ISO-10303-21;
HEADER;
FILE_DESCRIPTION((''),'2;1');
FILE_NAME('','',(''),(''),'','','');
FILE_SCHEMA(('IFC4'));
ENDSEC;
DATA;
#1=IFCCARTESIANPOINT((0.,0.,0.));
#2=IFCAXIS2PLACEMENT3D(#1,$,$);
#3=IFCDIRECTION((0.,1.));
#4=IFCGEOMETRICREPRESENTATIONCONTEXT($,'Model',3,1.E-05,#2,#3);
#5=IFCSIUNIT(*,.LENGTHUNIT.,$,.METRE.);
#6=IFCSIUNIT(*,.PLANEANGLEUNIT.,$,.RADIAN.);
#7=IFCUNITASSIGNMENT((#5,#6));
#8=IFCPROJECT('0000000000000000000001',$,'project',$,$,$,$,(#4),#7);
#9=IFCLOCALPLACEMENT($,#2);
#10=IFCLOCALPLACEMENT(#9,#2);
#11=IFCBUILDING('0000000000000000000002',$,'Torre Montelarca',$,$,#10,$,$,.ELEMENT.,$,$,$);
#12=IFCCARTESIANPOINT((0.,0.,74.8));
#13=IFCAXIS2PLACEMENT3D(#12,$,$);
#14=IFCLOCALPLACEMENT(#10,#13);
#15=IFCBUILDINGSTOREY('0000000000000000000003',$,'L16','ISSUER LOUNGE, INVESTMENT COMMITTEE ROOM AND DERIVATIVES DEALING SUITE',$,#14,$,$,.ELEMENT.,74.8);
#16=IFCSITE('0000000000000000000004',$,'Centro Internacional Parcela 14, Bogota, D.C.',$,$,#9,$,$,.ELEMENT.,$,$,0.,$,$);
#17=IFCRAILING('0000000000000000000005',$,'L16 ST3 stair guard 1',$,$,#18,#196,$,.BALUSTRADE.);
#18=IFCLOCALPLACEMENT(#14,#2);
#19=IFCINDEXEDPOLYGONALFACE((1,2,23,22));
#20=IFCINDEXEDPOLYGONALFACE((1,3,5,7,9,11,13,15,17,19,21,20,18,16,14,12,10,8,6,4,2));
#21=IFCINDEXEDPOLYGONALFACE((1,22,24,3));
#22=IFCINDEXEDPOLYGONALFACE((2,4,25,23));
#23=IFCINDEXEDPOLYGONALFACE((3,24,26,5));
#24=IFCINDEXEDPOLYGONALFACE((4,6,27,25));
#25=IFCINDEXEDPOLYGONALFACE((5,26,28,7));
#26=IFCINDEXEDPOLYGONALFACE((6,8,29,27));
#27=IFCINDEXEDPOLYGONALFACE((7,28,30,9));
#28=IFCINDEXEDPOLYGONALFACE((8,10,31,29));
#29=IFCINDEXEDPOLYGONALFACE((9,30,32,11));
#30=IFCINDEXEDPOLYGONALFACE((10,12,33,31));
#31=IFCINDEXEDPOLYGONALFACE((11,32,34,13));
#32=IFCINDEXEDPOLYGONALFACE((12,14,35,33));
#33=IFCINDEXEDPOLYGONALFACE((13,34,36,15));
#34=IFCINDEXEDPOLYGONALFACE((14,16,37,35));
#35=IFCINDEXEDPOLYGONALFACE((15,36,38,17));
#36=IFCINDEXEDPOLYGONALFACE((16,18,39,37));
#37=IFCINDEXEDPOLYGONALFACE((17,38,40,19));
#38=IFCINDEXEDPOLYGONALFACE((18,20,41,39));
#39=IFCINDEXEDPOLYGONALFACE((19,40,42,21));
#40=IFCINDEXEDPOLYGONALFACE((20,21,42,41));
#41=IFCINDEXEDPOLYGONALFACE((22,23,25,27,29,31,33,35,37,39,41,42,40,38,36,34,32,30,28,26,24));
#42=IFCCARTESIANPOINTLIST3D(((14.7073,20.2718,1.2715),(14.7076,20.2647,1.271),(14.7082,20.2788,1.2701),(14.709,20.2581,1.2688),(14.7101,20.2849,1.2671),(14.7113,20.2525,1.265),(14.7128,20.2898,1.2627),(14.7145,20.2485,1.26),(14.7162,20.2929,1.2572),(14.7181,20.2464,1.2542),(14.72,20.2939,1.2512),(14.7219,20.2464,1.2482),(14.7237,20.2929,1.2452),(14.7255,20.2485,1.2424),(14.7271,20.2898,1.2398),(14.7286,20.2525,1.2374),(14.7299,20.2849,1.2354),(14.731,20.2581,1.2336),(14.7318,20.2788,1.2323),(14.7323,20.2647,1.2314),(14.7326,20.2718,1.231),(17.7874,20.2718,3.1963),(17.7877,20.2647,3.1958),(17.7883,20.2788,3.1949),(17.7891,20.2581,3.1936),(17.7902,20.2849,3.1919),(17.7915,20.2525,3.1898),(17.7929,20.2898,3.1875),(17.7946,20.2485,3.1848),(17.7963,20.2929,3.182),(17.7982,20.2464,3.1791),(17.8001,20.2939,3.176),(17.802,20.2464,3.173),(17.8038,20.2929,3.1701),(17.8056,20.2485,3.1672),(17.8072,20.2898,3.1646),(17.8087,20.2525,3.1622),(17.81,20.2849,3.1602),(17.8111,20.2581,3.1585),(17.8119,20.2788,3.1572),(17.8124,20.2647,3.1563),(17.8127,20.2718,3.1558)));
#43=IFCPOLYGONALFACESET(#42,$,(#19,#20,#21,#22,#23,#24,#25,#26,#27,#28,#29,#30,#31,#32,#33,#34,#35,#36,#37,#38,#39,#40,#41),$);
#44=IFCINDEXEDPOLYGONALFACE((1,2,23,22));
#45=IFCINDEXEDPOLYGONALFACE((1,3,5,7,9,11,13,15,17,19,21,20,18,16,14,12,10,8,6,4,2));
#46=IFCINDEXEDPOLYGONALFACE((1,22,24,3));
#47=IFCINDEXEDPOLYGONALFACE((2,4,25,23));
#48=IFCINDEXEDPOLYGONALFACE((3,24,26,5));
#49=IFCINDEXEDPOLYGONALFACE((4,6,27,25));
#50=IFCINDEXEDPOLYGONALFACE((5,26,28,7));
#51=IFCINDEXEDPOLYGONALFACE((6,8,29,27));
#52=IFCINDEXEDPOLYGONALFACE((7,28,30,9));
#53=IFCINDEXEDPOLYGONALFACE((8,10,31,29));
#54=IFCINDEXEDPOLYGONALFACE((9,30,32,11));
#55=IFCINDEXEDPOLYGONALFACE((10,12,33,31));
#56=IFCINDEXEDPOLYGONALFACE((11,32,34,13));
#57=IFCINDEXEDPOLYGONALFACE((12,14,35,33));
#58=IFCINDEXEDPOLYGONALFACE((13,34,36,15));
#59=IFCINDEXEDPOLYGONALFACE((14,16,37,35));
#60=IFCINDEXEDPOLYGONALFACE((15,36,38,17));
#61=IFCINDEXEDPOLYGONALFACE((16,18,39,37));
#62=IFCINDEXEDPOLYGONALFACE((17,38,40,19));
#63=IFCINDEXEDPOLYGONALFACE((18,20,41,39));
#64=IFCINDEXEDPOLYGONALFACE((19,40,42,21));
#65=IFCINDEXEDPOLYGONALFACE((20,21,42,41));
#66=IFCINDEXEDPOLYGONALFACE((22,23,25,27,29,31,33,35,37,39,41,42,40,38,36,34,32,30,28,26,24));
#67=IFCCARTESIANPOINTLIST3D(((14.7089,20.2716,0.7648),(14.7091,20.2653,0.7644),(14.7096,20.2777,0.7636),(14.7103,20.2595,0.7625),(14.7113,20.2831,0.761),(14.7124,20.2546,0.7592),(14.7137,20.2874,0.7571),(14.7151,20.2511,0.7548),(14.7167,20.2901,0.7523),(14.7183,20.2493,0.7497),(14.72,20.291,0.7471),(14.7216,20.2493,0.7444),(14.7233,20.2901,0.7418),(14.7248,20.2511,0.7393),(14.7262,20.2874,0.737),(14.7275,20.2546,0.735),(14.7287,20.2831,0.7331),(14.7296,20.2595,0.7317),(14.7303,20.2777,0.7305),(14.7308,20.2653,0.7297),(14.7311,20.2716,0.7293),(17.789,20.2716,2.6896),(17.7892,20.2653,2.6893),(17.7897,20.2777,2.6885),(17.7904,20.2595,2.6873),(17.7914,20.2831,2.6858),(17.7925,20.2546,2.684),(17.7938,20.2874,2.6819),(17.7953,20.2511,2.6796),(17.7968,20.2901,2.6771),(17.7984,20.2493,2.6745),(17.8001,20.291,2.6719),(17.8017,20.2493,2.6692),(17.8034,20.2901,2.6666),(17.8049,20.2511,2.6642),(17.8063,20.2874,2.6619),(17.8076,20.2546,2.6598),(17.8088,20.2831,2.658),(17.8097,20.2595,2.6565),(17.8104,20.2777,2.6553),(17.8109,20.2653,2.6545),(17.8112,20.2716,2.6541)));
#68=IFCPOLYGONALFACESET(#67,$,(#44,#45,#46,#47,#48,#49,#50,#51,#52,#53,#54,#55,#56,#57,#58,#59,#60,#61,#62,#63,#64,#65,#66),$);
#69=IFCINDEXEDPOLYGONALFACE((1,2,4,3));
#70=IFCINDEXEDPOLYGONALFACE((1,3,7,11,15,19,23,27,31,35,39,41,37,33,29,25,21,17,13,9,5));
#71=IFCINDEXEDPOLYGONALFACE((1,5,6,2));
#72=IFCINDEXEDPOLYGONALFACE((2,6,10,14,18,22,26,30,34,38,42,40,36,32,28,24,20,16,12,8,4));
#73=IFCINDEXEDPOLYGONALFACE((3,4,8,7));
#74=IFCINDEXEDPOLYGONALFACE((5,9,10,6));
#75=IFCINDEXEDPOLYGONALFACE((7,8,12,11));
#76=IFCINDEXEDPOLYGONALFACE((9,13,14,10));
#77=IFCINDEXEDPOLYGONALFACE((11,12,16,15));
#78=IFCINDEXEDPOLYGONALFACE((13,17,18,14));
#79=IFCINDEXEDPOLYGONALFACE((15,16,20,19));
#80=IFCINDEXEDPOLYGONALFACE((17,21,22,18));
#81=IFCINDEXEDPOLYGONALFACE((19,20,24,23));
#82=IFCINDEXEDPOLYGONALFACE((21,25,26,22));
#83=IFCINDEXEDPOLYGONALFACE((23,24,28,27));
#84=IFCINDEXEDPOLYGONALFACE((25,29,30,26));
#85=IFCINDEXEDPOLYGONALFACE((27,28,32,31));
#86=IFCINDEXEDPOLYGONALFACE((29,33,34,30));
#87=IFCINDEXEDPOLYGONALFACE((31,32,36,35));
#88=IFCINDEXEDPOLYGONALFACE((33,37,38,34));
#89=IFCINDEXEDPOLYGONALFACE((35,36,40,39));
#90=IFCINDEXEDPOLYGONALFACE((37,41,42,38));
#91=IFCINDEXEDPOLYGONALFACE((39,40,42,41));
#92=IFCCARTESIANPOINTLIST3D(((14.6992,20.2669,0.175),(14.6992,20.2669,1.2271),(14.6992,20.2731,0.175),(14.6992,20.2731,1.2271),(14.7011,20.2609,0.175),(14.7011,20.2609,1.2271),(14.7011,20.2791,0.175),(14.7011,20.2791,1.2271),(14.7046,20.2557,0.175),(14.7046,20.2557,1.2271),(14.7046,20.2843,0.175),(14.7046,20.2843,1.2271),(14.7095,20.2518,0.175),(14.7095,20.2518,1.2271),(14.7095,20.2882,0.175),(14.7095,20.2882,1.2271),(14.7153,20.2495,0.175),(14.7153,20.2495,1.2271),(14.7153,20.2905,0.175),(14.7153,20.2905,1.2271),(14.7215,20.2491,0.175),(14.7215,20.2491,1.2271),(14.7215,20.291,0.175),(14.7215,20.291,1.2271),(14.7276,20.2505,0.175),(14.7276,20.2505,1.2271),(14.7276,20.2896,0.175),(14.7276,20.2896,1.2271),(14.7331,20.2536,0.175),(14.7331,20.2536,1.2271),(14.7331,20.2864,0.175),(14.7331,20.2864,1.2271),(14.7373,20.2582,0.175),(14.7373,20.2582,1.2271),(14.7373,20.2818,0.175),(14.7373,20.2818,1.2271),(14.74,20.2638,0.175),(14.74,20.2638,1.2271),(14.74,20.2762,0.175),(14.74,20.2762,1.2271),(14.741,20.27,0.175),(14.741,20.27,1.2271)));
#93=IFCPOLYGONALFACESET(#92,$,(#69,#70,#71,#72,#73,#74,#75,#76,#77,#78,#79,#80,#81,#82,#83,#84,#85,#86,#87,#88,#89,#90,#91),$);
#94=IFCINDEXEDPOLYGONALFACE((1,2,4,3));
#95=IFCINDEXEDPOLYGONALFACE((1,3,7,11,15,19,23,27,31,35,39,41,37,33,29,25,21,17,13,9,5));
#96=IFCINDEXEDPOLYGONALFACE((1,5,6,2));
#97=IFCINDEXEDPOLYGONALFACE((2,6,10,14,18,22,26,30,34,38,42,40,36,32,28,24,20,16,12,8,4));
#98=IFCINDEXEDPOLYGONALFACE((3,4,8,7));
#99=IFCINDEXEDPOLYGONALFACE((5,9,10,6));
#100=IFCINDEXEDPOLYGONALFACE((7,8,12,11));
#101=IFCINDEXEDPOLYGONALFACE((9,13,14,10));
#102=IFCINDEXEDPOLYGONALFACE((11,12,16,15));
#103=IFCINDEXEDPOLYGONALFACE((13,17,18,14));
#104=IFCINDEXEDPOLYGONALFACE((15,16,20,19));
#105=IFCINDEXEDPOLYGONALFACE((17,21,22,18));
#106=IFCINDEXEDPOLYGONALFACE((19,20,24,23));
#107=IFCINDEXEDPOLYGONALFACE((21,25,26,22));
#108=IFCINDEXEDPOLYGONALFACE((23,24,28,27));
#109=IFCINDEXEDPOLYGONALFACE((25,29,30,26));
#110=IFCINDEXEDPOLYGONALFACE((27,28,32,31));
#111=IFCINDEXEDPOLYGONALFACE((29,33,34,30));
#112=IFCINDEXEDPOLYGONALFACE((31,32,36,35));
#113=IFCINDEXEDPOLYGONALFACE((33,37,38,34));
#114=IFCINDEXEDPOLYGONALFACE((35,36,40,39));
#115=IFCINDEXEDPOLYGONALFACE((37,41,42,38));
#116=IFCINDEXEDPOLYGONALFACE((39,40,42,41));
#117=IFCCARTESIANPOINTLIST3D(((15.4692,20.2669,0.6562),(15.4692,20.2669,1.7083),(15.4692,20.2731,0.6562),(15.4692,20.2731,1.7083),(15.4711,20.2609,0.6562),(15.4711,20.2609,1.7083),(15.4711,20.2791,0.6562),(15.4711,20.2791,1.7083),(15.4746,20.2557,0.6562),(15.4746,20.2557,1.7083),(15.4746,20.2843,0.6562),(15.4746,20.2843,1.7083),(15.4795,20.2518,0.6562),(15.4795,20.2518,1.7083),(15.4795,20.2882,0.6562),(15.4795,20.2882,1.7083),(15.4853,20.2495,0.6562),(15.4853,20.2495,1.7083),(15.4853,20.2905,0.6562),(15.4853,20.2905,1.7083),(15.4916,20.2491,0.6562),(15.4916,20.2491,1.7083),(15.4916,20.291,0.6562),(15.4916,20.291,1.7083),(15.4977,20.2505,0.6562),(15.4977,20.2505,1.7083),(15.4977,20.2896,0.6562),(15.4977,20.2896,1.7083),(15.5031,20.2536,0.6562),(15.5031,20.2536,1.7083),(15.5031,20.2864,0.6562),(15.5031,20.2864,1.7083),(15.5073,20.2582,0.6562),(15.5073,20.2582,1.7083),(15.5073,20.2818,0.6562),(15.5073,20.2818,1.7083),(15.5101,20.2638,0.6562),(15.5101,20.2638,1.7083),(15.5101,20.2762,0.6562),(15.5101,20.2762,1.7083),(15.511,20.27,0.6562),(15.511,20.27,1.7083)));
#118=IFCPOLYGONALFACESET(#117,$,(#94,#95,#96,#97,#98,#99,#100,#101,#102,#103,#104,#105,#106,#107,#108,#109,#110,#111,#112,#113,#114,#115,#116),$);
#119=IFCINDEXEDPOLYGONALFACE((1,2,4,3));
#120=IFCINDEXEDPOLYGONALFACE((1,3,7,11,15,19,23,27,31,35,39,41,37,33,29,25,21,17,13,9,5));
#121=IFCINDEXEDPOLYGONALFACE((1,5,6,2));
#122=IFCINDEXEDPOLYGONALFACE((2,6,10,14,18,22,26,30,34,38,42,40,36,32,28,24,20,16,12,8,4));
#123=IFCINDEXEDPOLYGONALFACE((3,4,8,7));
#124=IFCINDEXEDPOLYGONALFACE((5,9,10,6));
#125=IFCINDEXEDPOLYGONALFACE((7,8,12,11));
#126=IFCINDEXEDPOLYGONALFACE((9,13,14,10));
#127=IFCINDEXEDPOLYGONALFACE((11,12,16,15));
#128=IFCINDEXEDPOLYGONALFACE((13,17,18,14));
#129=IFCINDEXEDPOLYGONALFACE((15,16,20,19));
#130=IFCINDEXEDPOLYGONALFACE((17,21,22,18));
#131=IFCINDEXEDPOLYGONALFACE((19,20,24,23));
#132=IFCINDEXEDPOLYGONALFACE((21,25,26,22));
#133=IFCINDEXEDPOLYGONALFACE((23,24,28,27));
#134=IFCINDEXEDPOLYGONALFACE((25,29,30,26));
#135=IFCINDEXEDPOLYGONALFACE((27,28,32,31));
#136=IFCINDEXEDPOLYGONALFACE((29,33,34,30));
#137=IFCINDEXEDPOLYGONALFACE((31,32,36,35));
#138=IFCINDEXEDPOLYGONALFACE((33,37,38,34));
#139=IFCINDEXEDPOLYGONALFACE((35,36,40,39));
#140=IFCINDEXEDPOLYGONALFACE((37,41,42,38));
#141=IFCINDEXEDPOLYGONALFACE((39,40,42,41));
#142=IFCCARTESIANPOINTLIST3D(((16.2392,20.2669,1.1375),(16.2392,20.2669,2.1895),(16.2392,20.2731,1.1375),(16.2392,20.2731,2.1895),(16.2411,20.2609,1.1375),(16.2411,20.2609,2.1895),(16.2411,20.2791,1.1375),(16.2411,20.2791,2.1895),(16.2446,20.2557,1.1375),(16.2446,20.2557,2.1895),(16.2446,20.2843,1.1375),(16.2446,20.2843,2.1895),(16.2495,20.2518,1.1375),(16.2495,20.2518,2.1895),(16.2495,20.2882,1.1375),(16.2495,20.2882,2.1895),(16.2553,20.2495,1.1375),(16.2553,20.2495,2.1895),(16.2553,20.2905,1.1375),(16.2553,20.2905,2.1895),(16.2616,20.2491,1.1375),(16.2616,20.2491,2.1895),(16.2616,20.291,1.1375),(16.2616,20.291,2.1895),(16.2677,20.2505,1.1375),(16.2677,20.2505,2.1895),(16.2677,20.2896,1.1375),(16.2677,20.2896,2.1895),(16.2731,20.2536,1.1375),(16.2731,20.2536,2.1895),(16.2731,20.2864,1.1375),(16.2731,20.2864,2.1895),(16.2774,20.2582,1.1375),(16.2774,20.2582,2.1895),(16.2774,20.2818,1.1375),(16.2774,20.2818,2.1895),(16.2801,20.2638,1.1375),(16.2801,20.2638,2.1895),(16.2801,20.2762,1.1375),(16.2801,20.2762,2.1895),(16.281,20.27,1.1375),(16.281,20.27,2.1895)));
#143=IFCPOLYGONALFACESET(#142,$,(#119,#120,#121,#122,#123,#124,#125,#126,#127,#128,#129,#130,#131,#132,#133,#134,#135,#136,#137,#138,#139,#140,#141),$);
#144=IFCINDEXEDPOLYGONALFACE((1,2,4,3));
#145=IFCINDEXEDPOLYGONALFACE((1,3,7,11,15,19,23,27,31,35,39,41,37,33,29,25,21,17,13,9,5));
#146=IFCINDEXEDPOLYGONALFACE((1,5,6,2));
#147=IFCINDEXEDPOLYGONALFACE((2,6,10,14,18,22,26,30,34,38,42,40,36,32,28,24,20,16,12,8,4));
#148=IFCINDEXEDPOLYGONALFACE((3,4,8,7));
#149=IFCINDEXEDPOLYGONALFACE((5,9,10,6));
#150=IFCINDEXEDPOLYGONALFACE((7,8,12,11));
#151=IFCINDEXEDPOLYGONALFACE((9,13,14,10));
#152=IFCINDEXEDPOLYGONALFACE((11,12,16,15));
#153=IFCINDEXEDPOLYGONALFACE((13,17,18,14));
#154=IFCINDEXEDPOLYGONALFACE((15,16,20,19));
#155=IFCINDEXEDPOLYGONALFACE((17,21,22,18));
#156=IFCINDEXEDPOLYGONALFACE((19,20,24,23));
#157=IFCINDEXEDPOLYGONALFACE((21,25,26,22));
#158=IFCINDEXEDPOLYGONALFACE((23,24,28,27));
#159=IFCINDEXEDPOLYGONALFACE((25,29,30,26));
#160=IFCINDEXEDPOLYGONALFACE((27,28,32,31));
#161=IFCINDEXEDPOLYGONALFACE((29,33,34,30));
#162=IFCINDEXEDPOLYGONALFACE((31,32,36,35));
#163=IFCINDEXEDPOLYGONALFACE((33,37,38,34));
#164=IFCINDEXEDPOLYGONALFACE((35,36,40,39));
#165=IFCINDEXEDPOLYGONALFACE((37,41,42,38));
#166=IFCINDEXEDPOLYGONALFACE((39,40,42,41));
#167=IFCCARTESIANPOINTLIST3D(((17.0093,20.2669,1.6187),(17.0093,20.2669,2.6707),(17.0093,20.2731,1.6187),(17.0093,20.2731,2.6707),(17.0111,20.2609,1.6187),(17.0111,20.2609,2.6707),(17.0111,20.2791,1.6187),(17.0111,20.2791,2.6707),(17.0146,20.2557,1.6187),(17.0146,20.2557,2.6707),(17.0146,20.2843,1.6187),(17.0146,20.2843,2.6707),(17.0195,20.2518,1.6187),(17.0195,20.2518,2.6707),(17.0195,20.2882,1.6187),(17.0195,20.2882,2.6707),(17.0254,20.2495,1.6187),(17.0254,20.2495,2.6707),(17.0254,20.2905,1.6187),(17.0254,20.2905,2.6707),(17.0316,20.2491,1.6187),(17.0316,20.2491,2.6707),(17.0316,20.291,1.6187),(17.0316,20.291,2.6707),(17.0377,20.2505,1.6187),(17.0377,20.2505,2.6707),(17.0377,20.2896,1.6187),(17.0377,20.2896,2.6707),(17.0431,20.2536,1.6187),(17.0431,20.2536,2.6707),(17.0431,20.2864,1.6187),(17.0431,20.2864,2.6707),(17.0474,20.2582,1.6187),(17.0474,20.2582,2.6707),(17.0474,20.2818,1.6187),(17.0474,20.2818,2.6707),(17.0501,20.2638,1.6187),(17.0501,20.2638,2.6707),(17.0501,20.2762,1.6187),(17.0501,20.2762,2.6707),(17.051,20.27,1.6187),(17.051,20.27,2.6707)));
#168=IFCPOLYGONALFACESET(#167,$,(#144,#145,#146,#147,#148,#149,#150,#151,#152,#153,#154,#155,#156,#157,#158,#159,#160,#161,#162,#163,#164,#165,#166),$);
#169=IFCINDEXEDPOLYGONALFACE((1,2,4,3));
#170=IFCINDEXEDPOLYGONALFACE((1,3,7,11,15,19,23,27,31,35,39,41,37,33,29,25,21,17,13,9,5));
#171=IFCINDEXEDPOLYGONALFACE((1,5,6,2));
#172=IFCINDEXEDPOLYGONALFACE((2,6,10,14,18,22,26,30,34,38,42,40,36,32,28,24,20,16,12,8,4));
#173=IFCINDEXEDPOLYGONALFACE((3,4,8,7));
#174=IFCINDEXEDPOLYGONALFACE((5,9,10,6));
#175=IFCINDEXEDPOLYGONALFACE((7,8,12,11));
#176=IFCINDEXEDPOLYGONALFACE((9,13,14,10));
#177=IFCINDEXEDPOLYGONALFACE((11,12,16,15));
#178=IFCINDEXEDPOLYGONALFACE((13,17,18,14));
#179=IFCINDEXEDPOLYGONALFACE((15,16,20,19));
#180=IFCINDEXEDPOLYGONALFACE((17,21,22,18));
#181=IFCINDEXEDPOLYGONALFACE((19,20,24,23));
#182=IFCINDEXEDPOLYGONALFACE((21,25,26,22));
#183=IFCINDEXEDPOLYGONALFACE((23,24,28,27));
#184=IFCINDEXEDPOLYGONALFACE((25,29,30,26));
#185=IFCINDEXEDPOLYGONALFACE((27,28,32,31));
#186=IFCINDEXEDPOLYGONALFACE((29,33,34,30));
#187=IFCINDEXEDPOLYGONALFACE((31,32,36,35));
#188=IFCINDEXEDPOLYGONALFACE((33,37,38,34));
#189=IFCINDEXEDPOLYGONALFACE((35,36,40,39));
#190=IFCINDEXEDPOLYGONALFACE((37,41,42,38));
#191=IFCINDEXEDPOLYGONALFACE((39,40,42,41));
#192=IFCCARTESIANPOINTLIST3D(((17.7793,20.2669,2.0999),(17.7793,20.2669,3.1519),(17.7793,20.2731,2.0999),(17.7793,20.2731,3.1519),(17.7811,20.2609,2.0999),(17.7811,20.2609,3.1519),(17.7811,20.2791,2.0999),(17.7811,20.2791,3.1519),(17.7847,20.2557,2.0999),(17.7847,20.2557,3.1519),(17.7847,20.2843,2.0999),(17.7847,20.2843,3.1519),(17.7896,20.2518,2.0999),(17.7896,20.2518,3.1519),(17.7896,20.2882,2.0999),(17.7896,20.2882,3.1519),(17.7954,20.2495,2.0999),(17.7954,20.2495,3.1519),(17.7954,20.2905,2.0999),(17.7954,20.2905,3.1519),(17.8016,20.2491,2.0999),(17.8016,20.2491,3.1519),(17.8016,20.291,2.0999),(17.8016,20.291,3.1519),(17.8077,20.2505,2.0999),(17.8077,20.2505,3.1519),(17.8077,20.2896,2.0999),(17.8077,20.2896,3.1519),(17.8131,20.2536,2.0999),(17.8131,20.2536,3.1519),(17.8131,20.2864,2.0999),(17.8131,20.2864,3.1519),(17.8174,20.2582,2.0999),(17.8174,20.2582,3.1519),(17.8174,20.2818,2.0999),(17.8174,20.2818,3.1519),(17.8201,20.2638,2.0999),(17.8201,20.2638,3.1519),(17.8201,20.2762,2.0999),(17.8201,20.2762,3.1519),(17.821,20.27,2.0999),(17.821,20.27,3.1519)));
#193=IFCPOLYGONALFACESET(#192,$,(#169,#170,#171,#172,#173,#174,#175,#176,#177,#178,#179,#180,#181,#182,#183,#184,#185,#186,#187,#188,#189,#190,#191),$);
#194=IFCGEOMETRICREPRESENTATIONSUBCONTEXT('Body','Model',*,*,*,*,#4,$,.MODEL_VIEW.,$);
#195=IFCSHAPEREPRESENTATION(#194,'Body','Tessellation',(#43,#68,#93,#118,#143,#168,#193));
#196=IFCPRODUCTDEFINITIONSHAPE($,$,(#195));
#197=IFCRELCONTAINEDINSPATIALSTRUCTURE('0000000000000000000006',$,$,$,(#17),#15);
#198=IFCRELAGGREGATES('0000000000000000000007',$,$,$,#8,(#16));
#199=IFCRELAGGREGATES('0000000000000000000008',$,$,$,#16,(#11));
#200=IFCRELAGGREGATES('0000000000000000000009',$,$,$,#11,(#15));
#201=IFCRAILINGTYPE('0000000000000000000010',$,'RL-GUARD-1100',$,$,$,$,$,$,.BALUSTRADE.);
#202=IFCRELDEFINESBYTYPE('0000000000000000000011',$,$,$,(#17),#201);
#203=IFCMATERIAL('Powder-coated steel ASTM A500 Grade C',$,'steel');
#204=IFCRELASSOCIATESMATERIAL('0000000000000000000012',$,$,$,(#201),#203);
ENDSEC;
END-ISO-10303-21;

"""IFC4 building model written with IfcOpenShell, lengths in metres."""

from ifc_helpers import new_model, si_unit, direction, frame, origin, origin_2d, place, context, subcontext, project, spatial, circle, extrude, material, type_object, element, save


model = new_model("IFC4")

# Units and contexts
model_context = context("Model", 3, precision=1e-05, world=origin(), true_north=direction((0.0, 1.0)))
body_context = subcontext(model_context, "Body", "Model", "MODEL_VIEW")
ifc_project = project(units=[si_unit("LENGTHUNIT", "METRE"), si_unit("PLANEANGLEUNIT", "RADIAN")], contexts=[model_context])

# Site, building, storey
site_placement = place(None, origin())
site = spatial("IfcSite", under=ifc_project, at=site_placement, Name="Centro Internacional Parcela 14, Bogota, D.C.", CompositionType="ELEMENT", RefElevation=0.0)
building_placement = place(site_placement, origin())
building = spatial("IfcBuilding", under=site, at=building_placement, Name="Torre Montelarca", CompositionType="ELEMENT")
storey_placement = place(building_placement, frame((0.0, 0.0, 74.8)))
storey = spatial("IfcBuildingStorey", under=building, at=storey_placement, Name="L16", Description="ISSUER LOUNGE, INVESTMENT COMMITTEE ROOM AND DERIVATIVES DEALING SUITE", CompositionType="ELEMENT", Elevation=74.8)

# Railing
ifc_material_1 = material(Name="Powder-coated steel ASTM A500 Grade C", Category="steel")
railing_type_1 = type_object("IfcRailingType", Name="RL-GUARD-1100", PredefinedType="BALUSTRADE", material=ifc_material_1)
railing_1_placement = place(storey_placement, frame((14.72, 20.27, 0.175)))
element("IfcRailing", 1, at=railing_1_placement, inside=storey, type_object=railing_type_1, Name="L16 ST3 stair guard 1", PredefinedType="BALUSTRADE", context=body_context, shape_type="SweptSolid", body=[
    extrude(circle(Radius=0.0239, at=origin_2d()), frame((0.0, 0.0, 1.0762), z_axis=(0.848029, 0.0, 0.529951), x_axis=(0.0, 1.0, 0.0)), (0.0, 0.0, 1.0), 3.6321),
    extrude(circle(Radius=0.021, at=origin_2d()), frame((0.0, 0.0, 0.572), z_axis=(0.848029, 0.0, 0.529951), x_axis=(0.0, 1.0, 0.0)), (0.0, 0.0, 1.0), 3.6321),
    extrude(circle(Radius=0.021, at=origin_2d()), origin(), (0.0, 0.0, 1.0), 1.052),
    extrude(circle(Radius=0.021, at=origin_2d()), frame((0.77, 0.0, 0.4812)), (0.0, 0.0, 1.0), 1.052),
    extrude(circle(Radius=0.021, at=origin_2d()), frame((1.54, 0.0, 0.9624)), (0.0, 0.0, 1.0), 1.052),
    extrude(circle(Radius=0.021, at=origin_2d()), frame((2.3101, 0.0, 1.4436)), (0.0, 0.0, 1.0), 1.052),
    extrude(circle(Radius=0.021, at=origin_2d()), frame((3.0801, 0.0, 1.9248)), (0.0, 0.0, 1.0), 1.052),
])

save(model, "model.ifc")
